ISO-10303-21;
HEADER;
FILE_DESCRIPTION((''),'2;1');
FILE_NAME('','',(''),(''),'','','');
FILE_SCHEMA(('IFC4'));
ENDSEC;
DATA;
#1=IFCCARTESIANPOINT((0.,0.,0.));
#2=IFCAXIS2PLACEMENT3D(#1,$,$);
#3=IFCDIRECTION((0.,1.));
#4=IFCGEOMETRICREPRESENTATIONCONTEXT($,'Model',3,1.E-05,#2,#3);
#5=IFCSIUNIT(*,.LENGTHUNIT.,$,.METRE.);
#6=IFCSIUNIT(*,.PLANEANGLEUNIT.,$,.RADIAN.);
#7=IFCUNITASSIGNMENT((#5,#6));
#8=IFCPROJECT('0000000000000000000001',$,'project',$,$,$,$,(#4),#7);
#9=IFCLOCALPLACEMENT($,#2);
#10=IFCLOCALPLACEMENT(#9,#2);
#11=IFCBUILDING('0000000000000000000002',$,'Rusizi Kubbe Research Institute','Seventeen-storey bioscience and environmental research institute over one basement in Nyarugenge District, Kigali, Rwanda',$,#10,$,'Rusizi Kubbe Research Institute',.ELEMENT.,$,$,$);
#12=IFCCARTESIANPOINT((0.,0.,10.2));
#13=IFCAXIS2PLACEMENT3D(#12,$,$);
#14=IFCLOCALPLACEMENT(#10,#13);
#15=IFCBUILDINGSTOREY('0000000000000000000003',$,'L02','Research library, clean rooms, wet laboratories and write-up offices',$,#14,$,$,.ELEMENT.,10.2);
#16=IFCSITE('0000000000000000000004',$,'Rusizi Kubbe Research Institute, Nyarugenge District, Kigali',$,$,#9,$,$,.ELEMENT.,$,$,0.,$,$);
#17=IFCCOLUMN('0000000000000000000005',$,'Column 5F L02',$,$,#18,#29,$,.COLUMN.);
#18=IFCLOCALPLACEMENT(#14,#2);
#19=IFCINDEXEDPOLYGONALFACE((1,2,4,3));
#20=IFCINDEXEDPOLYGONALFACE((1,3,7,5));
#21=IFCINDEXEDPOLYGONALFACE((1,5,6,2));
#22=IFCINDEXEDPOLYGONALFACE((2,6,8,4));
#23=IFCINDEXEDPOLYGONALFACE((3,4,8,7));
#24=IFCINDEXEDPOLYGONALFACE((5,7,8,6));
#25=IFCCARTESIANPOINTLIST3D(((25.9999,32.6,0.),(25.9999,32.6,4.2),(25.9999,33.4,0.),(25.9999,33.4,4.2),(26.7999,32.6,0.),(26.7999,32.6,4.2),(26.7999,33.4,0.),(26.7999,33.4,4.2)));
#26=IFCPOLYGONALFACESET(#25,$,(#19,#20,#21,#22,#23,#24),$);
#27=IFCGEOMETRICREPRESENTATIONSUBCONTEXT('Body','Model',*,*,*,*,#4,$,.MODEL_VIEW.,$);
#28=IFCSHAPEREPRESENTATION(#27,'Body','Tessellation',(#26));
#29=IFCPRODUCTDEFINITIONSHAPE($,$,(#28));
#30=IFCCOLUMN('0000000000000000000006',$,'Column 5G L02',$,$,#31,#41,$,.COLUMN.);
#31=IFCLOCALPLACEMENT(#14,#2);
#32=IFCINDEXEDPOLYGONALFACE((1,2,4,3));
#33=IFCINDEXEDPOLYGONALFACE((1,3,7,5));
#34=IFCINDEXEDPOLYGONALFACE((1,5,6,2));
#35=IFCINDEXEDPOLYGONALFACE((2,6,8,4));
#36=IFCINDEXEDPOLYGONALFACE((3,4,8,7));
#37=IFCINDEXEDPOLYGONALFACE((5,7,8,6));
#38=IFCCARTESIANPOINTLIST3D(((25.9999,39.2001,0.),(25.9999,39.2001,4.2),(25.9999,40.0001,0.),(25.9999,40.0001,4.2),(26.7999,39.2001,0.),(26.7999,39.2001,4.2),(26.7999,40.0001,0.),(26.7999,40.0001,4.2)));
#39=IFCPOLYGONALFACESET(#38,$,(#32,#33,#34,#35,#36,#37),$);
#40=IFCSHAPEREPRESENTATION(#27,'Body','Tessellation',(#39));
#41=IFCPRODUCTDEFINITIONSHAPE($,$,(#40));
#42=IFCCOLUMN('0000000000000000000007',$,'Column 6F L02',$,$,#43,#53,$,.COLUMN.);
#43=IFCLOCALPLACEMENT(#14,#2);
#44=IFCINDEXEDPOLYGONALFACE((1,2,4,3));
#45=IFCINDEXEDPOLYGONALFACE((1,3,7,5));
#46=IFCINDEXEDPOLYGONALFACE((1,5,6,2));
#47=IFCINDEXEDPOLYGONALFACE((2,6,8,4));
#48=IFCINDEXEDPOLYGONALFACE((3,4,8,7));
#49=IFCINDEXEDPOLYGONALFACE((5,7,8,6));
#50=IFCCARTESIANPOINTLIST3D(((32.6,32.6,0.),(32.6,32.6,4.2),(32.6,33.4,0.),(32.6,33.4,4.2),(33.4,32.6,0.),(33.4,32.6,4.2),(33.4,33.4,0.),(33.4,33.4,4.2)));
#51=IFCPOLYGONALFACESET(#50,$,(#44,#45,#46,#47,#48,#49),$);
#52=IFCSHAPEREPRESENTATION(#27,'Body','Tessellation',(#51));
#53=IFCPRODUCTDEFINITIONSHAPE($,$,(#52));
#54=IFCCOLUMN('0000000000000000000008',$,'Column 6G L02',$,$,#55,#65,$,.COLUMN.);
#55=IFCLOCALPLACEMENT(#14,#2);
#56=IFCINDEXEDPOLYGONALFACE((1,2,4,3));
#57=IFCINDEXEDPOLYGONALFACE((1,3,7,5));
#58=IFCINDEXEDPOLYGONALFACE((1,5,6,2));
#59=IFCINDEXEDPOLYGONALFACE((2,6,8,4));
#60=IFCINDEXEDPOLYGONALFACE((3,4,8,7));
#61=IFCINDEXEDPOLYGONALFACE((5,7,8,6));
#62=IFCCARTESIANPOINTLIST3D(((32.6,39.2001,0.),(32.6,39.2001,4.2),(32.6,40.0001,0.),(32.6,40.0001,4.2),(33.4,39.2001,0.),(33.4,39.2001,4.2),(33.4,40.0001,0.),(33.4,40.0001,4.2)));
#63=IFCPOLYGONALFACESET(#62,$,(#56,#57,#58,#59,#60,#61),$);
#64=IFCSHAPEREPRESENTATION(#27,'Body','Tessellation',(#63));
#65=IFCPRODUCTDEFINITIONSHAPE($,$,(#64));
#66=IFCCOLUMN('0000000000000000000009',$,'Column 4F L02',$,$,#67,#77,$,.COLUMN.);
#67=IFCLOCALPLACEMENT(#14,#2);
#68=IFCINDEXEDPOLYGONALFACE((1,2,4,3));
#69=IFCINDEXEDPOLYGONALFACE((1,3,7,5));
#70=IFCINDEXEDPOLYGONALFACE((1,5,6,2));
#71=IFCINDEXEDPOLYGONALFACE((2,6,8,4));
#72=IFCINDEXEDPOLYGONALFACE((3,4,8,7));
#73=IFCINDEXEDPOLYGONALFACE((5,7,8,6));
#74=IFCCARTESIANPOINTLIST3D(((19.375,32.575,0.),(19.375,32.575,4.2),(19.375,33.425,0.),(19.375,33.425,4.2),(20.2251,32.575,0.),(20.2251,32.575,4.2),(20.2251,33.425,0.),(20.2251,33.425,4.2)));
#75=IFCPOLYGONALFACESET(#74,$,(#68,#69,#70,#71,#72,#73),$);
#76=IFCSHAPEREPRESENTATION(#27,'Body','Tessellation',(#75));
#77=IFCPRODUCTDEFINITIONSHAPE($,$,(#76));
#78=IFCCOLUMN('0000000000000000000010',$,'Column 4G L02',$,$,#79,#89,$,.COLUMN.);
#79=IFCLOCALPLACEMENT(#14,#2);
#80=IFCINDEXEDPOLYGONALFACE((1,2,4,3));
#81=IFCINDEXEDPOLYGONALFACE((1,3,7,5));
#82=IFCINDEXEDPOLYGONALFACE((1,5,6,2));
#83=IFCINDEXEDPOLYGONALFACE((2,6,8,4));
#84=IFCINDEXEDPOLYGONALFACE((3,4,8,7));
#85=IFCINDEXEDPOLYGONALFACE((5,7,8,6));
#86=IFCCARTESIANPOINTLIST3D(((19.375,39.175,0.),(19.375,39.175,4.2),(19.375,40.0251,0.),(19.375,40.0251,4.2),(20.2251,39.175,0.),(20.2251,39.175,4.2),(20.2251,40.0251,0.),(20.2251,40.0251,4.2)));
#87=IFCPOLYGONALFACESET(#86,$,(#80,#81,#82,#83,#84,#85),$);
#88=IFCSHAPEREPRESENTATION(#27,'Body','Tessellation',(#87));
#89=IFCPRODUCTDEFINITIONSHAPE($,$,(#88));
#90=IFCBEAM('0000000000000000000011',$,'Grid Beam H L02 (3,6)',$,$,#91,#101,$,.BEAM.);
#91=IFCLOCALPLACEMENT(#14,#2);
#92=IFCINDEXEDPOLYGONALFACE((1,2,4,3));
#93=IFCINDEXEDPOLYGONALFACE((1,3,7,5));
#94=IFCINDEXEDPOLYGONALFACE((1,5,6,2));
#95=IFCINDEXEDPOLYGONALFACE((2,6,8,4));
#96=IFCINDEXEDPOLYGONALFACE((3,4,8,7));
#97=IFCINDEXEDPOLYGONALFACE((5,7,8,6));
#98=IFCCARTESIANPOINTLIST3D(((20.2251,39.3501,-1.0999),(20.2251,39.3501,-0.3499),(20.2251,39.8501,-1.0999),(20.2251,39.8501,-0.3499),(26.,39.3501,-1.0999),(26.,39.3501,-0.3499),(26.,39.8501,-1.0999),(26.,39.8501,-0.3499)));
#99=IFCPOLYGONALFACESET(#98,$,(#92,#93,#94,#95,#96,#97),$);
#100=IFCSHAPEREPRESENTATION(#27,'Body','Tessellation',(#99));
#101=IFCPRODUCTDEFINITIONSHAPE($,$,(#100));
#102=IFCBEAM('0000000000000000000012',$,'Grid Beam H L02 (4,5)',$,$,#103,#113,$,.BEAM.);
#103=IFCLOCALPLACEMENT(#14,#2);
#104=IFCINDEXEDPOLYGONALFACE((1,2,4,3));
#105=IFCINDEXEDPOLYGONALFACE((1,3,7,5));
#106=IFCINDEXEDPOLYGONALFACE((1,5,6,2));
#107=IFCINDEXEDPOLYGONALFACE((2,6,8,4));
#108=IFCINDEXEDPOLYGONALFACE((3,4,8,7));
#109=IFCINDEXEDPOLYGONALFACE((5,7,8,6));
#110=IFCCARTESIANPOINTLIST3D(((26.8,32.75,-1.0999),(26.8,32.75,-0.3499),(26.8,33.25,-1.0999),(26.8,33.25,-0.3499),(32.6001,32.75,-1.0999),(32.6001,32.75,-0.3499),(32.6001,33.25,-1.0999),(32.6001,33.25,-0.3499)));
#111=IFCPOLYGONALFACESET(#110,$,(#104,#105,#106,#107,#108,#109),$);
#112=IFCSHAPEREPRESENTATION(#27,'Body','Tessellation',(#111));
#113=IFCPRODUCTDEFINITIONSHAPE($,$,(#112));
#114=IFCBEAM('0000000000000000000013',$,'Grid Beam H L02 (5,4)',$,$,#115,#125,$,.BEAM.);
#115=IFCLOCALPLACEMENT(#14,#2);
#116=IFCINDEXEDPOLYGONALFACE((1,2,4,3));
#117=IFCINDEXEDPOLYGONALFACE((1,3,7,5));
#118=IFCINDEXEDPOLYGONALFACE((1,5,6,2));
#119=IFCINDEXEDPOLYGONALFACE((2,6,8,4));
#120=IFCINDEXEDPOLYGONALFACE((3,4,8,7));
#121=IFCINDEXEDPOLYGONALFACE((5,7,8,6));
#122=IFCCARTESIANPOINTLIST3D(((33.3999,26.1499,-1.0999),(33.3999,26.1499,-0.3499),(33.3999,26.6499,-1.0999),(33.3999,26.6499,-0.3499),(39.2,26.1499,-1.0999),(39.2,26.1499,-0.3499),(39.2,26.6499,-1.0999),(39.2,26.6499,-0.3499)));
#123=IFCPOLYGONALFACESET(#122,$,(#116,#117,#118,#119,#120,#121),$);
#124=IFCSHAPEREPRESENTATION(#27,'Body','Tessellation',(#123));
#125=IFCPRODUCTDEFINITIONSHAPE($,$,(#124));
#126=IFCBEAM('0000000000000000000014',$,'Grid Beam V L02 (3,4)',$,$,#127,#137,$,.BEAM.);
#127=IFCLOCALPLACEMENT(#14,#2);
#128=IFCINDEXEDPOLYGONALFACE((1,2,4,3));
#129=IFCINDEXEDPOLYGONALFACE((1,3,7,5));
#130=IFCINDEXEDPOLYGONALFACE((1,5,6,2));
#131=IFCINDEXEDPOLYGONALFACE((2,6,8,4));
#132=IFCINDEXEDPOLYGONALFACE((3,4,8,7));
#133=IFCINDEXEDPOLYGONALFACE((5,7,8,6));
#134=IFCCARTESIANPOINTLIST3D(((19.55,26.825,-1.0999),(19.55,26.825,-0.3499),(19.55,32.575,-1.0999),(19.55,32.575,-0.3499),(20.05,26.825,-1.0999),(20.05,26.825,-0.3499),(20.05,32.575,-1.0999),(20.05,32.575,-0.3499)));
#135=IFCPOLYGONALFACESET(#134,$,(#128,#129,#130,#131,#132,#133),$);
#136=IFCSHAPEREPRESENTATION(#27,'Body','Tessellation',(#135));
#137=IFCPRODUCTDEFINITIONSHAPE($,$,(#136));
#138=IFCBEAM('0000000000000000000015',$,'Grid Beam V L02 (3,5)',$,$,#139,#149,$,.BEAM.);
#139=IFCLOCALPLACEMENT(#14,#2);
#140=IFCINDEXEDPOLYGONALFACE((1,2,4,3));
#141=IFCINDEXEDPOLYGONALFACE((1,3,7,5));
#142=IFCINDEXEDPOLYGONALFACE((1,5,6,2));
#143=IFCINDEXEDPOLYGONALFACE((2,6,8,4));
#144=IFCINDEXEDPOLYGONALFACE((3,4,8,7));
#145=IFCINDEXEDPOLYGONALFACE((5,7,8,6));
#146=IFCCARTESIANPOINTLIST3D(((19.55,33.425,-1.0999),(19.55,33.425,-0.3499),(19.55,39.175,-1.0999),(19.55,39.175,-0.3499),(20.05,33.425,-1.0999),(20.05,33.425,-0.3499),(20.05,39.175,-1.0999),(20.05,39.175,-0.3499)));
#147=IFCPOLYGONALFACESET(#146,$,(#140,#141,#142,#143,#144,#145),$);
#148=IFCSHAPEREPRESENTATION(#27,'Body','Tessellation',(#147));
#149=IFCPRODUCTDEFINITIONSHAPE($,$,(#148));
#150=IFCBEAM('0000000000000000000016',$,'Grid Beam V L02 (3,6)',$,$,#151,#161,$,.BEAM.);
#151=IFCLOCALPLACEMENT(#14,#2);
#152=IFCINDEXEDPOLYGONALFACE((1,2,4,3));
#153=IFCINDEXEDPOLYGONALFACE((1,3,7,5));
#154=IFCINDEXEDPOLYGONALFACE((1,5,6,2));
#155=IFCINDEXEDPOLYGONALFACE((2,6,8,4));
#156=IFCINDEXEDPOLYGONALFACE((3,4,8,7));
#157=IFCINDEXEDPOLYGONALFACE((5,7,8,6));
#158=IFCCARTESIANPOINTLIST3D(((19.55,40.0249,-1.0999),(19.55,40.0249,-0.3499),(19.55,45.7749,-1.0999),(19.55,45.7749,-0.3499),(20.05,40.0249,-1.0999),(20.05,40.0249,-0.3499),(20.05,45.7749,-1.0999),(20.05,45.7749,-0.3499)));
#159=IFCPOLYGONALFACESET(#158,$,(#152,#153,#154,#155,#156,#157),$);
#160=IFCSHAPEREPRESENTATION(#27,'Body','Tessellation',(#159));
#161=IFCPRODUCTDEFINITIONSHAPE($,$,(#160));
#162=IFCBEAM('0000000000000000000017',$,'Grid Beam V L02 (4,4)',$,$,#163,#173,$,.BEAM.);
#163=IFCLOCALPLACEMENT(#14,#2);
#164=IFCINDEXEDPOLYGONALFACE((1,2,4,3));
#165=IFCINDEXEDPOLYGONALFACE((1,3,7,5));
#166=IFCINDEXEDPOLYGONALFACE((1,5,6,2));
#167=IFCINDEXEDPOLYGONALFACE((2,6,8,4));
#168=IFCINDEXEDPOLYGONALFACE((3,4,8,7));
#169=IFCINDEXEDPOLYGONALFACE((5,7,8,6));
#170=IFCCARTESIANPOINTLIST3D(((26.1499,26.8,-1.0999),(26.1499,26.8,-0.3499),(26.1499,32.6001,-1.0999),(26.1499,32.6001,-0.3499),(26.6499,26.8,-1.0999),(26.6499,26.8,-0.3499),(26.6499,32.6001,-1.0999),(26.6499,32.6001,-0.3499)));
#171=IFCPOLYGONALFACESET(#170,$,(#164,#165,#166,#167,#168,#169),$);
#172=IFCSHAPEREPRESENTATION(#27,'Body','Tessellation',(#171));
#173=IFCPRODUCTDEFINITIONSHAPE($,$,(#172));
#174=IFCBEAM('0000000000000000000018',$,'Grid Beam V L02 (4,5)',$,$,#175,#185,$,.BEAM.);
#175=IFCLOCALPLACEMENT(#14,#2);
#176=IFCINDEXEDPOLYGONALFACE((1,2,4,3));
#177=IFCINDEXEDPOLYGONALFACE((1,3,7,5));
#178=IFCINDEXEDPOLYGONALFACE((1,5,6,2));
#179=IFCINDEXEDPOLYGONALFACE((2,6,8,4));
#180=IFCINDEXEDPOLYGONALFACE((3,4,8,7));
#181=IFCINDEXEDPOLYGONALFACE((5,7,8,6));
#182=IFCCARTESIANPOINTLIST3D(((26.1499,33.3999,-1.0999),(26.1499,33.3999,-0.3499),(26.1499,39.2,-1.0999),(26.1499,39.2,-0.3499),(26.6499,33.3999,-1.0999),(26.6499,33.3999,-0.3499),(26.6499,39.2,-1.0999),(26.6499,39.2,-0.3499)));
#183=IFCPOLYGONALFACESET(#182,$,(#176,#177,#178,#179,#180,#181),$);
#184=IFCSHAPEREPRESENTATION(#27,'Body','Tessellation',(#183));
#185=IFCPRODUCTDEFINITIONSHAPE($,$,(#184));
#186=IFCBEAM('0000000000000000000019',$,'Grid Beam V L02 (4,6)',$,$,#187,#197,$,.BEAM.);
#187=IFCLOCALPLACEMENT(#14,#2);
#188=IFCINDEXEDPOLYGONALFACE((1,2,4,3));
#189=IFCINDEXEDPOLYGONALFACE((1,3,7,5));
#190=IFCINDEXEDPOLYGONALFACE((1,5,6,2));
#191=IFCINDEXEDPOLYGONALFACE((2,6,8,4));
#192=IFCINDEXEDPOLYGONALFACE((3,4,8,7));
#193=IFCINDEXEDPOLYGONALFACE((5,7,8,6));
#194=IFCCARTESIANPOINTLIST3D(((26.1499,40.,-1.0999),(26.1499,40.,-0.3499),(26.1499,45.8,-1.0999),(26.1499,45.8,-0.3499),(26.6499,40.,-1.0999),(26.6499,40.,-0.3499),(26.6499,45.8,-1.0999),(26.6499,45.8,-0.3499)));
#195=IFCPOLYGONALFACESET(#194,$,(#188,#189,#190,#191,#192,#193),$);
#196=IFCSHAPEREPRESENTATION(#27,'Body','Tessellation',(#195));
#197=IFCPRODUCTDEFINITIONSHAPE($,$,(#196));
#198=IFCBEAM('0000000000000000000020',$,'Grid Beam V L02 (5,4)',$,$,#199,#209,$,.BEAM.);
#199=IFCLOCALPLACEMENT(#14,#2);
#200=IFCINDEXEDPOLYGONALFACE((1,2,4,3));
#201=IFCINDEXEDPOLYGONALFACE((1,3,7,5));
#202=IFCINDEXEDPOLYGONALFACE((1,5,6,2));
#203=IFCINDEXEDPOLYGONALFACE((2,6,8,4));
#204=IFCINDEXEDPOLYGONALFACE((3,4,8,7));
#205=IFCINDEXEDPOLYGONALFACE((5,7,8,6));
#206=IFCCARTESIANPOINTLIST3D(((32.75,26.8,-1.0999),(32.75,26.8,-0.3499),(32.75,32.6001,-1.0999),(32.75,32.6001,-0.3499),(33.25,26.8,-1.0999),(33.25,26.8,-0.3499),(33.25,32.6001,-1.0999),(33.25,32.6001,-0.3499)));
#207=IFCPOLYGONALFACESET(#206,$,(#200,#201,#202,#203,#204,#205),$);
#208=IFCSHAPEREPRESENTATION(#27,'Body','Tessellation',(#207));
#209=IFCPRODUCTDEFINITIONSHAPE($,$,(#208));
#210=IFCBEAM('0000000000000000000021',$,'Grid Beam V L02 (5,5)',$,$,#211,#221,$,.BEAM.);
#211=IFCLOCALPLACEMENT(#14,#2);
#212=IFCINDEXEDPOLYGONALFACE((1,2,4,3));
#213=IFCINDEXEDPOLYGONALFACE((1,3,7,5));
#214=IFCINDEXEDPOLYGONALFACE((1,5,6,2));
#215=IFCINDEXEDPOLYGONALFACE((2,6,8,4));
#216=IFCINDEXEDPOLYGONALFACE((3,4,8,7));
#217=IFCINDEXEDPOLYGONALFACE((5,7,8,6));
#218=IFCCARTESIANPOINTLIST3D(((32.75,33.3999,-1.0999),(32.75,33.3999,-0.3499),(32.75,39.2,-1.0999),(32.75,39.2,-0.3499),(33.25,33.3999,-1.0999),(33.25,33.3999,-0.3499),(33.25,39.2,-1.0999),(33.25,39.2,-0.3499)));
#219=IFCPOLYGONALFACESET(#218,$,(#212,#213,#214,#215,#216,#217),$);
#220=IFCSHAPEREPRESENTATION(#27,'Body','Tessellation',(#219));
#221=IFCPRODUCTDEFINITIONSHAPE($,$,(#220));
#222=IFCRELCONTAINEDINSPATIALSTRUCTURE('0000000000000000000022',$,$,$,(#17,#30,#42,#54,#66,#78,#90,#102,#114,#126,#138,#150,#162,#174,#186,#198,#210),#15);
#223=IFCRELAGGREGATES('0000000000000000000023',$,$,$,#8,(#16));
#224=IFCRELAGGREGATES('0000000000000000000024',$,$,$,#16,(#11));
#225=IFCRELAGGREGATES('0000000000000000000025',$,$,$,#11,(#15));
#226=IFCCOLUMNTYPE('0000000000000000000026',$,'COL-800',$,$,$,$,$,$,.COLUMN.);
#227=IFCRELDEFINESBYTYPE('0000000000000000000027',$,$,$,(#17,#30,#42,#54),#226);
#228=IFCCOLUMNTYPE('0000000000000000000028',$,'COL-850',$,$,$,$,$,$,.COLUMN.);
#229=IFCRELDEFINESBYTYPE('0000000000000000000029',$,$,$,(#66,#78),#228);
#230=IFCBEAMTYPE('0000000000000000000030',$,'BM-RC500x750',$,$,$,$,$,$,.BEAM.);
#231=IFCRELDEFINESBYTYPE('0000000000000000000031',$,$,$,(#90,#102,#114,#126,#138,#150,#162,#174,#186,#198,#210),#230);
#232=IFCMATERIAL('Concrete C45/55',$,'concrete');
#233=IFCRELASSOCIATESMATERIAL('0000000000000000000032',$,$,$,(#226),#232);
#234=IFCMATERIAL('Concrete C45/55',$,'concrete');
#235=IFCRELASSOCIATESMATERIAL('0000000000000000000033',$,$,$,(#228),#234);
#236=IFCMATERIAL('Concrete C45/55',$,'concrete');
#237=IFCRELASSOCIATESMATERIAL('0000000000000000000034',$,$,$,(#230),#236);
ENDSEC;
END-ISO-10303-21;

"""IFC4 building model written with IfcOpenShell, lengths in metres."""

from ifc_helpers import new_model, si_unit, direction, frame, origin, origin_2d, place, context, subcontext, project, spatial, rectangle, extrude, material, material_profile, profile_set, type_object, element, save


model = new_model("IFC4")

# Units and contexts
model_context = context("Model", 3, precision=1e-05, world=origin(), true_north=direction((0.0, 1.0)))
body_context = subcontext(model_context, "Body", "Model", "MODEL_VIEW")
ifc_project = project(units=[si_unit("LENGTHUNIT", "METRE"), si_unit("PLANEANGLEUNIT", "RADIAN")], contexts=[model_context])

# Site, building, storey
site_placement = place(None, origin())
site = spatial("IfcSite", under=ifc_project, at=site_placement, Name="Rusizi Kubbe Research Institute, Nyarugenge District, Kigali", CompositionType="ELEMENT", RefElevation=0.0)
building_placement = place(site_placement, origin())
building = spatial("IfcBuilding", under=site, at=building_placement, Name="Rusizi Kubbe Research Institute", Description="Seventeen-storey bioscience and environmental research institute over one basement in Nyarugenge District, Kigali, Rwanda", LongName="Rusizi Kubbe Research Institute", CompositionType="ELEMENT")
storey_placement = place(building_placement, frame((0.0, 0.0, 10.2)))
storey = spatial("IfcBuildingStorey", under=building, at=storey_placement, Name="L02", Description="Research library, clean rooms, wet laboratories and write-up offices", CompositionType="ELEMENT", Elevation=10.2)

# Columns
ifc_material_1 = material(Name="Concrete C45/55", Category="concrete")
ifc_material_profile_1 = material_profile(ifc_material_1, rectangle(XDim=0.8, YDim=0.8, at=origin_2d()), Name="RC800x800")
ifc_profile_set_1 = profile_set([ifc_material_profile_1], Name="Concrete C45/55")
column_type_1 = type_object("IfcColumnType", Name="COL-800", PredefinedType="COLUMN", material=ifc_profile_set_1)
for number, where, z_axis, x_axis, name in (
    (1, (26.3999, 33.0, 0.0), (0.0, 0.0, 1.0), (1.0, 0.0, 0.0), "Column 5F L02"),
    (2, (26.3999, 39.6001, 0.0), (0.0, 0.0, 1.0), (1.0, 0.0, 0.0), "Column 5G L02"),
    (3, (33.0, 33.0, 0.0), (0.0, 0.0, 1.0), (1.0, 0.0, 0.0), "Column 6F L02"),
    (4, (33.0, 39.6001, 0.0), (0.0, 0.0, 1.0), (1.0, 0.0, 0.0), "Column 6G L02"),
):
    element("IfcColumn", number, at=place(storey_placement, frame(where, z_axis=z_axis, x_axis=x_axis)), inside=storey, type_object=column_type_1, Name=name, PredefinedType="COLUMN", context=body_context, shape_type="SweptSolid", body=[
        extrude(rectangle(XDim=0.8, YDim=0.8, at=origin_2d()), origin(), (0.0, 0.0, 1.0), 4.2),
    ])
ifc_material_2 = material(Name="Concrete C45/55", Category="concrete")
ifc_material_profile_2 = material_profile(ifc_material_2, rectangle(XDim=0.8501, YDim=0.8501, at=origin_2d()), Name="RC850x850")
ifc_profile_set_2 = profile_set([ifc_material_profile_2], Name="Concrete C45/55")
column_type_2 = type_object("IfcColumnType", Name="COL-850", PredefinedType="COLUMN", material=ifc_profile_set_2)
for number, where, z_axis, x_axis, name in (
    (5, (19.8, 33.0, 0.0), (0.0, 0.0, 1.0), (1.0, 0.0, 0.0), "Column 4F L02"),
    (6, (19.8, 39.6001, 0.0), (0.0, 0.0, 1.0), (1.0, 0.0, 0.0), "Column 4G L02"),
):
    element("IfcColumn", number, at=place(storey_placement, frame(where, z_axis=z_axis, x_axis=x_axis)), inside=storey, type_object=column_type_2, Name=name, PredefinedType="COLUMN", context=body_context, shape_type="SweptSolid", body=[
        extrude(rectangle(XDim=0.8501, YDim=0.8501, at=origin_2d()), origin(), (0.0, 0.0, 1.0), 4.2),
    ])

# Beams
ifc_material_3 = material(Name="Concrete C45/55", Category="concrete")
ifc_material_profile_3 = material_profile(ifc_material_3, rectangle(XDim=0.5, YDim=0.75, at=origin_2d()), Name="RC500x750B")
ifc_profile_set_3 = profile_set([ifc_material_profile_3], Name="Concrete C45/55")
beam_type_1 = type_object("IfcBeamType", Name="BM-RC500x750", PredefinedType="BEAM", material=ifc_profile_set_3)
beam_1_placement = place(storey_placement, frame((20.2251, 39.6001, -0.7249), z_axis=(1.0, 0.0, 0.0), x_axis=(0.0, 1.0, 0.0)))
element("IfcBeam", 7, at=beam_1_placement, inside=storey, type_object=beam_type_1, Name="Grid Beam H L02 (3,6)", PredefinedType="BEAM", context=body_context, shape_type="SweptSolid", body=[
    extrude(rectangle(XDim=0.5, YDim=0.75, at=origin_2d()), origin(), (0.0, 0.0, 1.0), 5.7749),
])
for number, where, z_axis, x_axis, name in (
    (8, (26.8, 33.0, -0.7249), (1.0, 0.0, 0.0), (0.0, 1.0, 0.0), "Grid Beam H L02 (4,5)"),
    (9, (33.3999, 26.3999, -0.7249), (1.0, 0.0, 0.0), (0.0, 1.0, 0.0), "Grid Beam H L02 (5,4)"),
):
    element("IfcBeam", number, at=place(storey_placement, frame(where, z_axis=z_axis, x_axis=x_axis)), inside=storey, type_object=beam_type_1, Name=name, PredefinedType="BEAM", context=body_context, shape_type="SweptSolid", body=[
        extrude(rectangle(XDim=0.5, YDim=0.75, at=origin_2d()), origin(), (0.0, 0.0, 1.0), 5.8),
    ])
for number, where, z_axis, x_axis, name in (
    (10, (19.8, 26.825, -0.7249), (0.0, 1.0, 0.0), (-1.0, 0.0, 0.0), "Grid Beam V L02 (3,4)"),
    (11, (19.8, 33.425, -0.7249), (0.0, 1.0, 0.0), (-1.0, 0.0, 0.0), "Grid Beam V L02 (3,5)"),
    (12, (19.8, 40.0249, -0.7249), (0.0, 1.0, 0.0), (-1.0, 0.0, 0.0), "Grid Beam V L02 (3,6)"),
):
    element("IfcBeam", number, at=place(storey_placement, frame(where, z_axis=z_axis, x_axis=x_axis)), inside=storey, type_object=beam_type_1, Name=name, PredefinedType="BEAM", context=body_context, shape_type="SweptSolid", body=[
        extrude(rectangle(XDim=0.5, YDim=0.75, at=origin_2d()), origin(), (0.0, 0.0, 1.0), 5.75),
    ])
for number, where, z_axis, x_axis, name in (
    (13, (26.3999, 26.8, -0.7249), (0.0, 1.0, 0.0), (-1.0, 0.0, 0.0), "Grid Beam V L02 (4,4)"),
    (14, (26.3999, 33.3999, -0.7249), (0.0, 1.0, 0.0), (-1.0, 0.0, 0.0), "Grid Beam V L02 (4,5)"),
    (15, (26.3999, 40.0, -0.7249), (0.0, 1.0, 0.0), (-1.0, 0.0, 0.0), "Grid Beam V L02 (4,6)"),
    (16, (33.0, 26.8, -0.7249), (0.0, 1.0, 0.0), (-1.0, 0.0, 0.0), "Grid Beam V L02 (5,4)"),
    (17, (33.0, 33.3999, -0.7249), (0.0, 1.0, 0.0), (-1.0, 0.0, 0.0), "Grid Beam V L02 (5,5)"),
):
    element("IfcBeam", number, at=place(storey_placement, frame(where, z_axis=z_axis, x_axis=x_axis)), inside=storey, type_object=beam_type_1, Name=name, PredefinedType="BEAM", context=body_context, shape_type="SweptSolid", body=[
        extrude(rectangle(XDim=0.5, YDim=0.75, at=origin_2d()), origin(), (0.0, 0.0, 1.0), 5.8),
    ])

save(model, "model.ifc")
